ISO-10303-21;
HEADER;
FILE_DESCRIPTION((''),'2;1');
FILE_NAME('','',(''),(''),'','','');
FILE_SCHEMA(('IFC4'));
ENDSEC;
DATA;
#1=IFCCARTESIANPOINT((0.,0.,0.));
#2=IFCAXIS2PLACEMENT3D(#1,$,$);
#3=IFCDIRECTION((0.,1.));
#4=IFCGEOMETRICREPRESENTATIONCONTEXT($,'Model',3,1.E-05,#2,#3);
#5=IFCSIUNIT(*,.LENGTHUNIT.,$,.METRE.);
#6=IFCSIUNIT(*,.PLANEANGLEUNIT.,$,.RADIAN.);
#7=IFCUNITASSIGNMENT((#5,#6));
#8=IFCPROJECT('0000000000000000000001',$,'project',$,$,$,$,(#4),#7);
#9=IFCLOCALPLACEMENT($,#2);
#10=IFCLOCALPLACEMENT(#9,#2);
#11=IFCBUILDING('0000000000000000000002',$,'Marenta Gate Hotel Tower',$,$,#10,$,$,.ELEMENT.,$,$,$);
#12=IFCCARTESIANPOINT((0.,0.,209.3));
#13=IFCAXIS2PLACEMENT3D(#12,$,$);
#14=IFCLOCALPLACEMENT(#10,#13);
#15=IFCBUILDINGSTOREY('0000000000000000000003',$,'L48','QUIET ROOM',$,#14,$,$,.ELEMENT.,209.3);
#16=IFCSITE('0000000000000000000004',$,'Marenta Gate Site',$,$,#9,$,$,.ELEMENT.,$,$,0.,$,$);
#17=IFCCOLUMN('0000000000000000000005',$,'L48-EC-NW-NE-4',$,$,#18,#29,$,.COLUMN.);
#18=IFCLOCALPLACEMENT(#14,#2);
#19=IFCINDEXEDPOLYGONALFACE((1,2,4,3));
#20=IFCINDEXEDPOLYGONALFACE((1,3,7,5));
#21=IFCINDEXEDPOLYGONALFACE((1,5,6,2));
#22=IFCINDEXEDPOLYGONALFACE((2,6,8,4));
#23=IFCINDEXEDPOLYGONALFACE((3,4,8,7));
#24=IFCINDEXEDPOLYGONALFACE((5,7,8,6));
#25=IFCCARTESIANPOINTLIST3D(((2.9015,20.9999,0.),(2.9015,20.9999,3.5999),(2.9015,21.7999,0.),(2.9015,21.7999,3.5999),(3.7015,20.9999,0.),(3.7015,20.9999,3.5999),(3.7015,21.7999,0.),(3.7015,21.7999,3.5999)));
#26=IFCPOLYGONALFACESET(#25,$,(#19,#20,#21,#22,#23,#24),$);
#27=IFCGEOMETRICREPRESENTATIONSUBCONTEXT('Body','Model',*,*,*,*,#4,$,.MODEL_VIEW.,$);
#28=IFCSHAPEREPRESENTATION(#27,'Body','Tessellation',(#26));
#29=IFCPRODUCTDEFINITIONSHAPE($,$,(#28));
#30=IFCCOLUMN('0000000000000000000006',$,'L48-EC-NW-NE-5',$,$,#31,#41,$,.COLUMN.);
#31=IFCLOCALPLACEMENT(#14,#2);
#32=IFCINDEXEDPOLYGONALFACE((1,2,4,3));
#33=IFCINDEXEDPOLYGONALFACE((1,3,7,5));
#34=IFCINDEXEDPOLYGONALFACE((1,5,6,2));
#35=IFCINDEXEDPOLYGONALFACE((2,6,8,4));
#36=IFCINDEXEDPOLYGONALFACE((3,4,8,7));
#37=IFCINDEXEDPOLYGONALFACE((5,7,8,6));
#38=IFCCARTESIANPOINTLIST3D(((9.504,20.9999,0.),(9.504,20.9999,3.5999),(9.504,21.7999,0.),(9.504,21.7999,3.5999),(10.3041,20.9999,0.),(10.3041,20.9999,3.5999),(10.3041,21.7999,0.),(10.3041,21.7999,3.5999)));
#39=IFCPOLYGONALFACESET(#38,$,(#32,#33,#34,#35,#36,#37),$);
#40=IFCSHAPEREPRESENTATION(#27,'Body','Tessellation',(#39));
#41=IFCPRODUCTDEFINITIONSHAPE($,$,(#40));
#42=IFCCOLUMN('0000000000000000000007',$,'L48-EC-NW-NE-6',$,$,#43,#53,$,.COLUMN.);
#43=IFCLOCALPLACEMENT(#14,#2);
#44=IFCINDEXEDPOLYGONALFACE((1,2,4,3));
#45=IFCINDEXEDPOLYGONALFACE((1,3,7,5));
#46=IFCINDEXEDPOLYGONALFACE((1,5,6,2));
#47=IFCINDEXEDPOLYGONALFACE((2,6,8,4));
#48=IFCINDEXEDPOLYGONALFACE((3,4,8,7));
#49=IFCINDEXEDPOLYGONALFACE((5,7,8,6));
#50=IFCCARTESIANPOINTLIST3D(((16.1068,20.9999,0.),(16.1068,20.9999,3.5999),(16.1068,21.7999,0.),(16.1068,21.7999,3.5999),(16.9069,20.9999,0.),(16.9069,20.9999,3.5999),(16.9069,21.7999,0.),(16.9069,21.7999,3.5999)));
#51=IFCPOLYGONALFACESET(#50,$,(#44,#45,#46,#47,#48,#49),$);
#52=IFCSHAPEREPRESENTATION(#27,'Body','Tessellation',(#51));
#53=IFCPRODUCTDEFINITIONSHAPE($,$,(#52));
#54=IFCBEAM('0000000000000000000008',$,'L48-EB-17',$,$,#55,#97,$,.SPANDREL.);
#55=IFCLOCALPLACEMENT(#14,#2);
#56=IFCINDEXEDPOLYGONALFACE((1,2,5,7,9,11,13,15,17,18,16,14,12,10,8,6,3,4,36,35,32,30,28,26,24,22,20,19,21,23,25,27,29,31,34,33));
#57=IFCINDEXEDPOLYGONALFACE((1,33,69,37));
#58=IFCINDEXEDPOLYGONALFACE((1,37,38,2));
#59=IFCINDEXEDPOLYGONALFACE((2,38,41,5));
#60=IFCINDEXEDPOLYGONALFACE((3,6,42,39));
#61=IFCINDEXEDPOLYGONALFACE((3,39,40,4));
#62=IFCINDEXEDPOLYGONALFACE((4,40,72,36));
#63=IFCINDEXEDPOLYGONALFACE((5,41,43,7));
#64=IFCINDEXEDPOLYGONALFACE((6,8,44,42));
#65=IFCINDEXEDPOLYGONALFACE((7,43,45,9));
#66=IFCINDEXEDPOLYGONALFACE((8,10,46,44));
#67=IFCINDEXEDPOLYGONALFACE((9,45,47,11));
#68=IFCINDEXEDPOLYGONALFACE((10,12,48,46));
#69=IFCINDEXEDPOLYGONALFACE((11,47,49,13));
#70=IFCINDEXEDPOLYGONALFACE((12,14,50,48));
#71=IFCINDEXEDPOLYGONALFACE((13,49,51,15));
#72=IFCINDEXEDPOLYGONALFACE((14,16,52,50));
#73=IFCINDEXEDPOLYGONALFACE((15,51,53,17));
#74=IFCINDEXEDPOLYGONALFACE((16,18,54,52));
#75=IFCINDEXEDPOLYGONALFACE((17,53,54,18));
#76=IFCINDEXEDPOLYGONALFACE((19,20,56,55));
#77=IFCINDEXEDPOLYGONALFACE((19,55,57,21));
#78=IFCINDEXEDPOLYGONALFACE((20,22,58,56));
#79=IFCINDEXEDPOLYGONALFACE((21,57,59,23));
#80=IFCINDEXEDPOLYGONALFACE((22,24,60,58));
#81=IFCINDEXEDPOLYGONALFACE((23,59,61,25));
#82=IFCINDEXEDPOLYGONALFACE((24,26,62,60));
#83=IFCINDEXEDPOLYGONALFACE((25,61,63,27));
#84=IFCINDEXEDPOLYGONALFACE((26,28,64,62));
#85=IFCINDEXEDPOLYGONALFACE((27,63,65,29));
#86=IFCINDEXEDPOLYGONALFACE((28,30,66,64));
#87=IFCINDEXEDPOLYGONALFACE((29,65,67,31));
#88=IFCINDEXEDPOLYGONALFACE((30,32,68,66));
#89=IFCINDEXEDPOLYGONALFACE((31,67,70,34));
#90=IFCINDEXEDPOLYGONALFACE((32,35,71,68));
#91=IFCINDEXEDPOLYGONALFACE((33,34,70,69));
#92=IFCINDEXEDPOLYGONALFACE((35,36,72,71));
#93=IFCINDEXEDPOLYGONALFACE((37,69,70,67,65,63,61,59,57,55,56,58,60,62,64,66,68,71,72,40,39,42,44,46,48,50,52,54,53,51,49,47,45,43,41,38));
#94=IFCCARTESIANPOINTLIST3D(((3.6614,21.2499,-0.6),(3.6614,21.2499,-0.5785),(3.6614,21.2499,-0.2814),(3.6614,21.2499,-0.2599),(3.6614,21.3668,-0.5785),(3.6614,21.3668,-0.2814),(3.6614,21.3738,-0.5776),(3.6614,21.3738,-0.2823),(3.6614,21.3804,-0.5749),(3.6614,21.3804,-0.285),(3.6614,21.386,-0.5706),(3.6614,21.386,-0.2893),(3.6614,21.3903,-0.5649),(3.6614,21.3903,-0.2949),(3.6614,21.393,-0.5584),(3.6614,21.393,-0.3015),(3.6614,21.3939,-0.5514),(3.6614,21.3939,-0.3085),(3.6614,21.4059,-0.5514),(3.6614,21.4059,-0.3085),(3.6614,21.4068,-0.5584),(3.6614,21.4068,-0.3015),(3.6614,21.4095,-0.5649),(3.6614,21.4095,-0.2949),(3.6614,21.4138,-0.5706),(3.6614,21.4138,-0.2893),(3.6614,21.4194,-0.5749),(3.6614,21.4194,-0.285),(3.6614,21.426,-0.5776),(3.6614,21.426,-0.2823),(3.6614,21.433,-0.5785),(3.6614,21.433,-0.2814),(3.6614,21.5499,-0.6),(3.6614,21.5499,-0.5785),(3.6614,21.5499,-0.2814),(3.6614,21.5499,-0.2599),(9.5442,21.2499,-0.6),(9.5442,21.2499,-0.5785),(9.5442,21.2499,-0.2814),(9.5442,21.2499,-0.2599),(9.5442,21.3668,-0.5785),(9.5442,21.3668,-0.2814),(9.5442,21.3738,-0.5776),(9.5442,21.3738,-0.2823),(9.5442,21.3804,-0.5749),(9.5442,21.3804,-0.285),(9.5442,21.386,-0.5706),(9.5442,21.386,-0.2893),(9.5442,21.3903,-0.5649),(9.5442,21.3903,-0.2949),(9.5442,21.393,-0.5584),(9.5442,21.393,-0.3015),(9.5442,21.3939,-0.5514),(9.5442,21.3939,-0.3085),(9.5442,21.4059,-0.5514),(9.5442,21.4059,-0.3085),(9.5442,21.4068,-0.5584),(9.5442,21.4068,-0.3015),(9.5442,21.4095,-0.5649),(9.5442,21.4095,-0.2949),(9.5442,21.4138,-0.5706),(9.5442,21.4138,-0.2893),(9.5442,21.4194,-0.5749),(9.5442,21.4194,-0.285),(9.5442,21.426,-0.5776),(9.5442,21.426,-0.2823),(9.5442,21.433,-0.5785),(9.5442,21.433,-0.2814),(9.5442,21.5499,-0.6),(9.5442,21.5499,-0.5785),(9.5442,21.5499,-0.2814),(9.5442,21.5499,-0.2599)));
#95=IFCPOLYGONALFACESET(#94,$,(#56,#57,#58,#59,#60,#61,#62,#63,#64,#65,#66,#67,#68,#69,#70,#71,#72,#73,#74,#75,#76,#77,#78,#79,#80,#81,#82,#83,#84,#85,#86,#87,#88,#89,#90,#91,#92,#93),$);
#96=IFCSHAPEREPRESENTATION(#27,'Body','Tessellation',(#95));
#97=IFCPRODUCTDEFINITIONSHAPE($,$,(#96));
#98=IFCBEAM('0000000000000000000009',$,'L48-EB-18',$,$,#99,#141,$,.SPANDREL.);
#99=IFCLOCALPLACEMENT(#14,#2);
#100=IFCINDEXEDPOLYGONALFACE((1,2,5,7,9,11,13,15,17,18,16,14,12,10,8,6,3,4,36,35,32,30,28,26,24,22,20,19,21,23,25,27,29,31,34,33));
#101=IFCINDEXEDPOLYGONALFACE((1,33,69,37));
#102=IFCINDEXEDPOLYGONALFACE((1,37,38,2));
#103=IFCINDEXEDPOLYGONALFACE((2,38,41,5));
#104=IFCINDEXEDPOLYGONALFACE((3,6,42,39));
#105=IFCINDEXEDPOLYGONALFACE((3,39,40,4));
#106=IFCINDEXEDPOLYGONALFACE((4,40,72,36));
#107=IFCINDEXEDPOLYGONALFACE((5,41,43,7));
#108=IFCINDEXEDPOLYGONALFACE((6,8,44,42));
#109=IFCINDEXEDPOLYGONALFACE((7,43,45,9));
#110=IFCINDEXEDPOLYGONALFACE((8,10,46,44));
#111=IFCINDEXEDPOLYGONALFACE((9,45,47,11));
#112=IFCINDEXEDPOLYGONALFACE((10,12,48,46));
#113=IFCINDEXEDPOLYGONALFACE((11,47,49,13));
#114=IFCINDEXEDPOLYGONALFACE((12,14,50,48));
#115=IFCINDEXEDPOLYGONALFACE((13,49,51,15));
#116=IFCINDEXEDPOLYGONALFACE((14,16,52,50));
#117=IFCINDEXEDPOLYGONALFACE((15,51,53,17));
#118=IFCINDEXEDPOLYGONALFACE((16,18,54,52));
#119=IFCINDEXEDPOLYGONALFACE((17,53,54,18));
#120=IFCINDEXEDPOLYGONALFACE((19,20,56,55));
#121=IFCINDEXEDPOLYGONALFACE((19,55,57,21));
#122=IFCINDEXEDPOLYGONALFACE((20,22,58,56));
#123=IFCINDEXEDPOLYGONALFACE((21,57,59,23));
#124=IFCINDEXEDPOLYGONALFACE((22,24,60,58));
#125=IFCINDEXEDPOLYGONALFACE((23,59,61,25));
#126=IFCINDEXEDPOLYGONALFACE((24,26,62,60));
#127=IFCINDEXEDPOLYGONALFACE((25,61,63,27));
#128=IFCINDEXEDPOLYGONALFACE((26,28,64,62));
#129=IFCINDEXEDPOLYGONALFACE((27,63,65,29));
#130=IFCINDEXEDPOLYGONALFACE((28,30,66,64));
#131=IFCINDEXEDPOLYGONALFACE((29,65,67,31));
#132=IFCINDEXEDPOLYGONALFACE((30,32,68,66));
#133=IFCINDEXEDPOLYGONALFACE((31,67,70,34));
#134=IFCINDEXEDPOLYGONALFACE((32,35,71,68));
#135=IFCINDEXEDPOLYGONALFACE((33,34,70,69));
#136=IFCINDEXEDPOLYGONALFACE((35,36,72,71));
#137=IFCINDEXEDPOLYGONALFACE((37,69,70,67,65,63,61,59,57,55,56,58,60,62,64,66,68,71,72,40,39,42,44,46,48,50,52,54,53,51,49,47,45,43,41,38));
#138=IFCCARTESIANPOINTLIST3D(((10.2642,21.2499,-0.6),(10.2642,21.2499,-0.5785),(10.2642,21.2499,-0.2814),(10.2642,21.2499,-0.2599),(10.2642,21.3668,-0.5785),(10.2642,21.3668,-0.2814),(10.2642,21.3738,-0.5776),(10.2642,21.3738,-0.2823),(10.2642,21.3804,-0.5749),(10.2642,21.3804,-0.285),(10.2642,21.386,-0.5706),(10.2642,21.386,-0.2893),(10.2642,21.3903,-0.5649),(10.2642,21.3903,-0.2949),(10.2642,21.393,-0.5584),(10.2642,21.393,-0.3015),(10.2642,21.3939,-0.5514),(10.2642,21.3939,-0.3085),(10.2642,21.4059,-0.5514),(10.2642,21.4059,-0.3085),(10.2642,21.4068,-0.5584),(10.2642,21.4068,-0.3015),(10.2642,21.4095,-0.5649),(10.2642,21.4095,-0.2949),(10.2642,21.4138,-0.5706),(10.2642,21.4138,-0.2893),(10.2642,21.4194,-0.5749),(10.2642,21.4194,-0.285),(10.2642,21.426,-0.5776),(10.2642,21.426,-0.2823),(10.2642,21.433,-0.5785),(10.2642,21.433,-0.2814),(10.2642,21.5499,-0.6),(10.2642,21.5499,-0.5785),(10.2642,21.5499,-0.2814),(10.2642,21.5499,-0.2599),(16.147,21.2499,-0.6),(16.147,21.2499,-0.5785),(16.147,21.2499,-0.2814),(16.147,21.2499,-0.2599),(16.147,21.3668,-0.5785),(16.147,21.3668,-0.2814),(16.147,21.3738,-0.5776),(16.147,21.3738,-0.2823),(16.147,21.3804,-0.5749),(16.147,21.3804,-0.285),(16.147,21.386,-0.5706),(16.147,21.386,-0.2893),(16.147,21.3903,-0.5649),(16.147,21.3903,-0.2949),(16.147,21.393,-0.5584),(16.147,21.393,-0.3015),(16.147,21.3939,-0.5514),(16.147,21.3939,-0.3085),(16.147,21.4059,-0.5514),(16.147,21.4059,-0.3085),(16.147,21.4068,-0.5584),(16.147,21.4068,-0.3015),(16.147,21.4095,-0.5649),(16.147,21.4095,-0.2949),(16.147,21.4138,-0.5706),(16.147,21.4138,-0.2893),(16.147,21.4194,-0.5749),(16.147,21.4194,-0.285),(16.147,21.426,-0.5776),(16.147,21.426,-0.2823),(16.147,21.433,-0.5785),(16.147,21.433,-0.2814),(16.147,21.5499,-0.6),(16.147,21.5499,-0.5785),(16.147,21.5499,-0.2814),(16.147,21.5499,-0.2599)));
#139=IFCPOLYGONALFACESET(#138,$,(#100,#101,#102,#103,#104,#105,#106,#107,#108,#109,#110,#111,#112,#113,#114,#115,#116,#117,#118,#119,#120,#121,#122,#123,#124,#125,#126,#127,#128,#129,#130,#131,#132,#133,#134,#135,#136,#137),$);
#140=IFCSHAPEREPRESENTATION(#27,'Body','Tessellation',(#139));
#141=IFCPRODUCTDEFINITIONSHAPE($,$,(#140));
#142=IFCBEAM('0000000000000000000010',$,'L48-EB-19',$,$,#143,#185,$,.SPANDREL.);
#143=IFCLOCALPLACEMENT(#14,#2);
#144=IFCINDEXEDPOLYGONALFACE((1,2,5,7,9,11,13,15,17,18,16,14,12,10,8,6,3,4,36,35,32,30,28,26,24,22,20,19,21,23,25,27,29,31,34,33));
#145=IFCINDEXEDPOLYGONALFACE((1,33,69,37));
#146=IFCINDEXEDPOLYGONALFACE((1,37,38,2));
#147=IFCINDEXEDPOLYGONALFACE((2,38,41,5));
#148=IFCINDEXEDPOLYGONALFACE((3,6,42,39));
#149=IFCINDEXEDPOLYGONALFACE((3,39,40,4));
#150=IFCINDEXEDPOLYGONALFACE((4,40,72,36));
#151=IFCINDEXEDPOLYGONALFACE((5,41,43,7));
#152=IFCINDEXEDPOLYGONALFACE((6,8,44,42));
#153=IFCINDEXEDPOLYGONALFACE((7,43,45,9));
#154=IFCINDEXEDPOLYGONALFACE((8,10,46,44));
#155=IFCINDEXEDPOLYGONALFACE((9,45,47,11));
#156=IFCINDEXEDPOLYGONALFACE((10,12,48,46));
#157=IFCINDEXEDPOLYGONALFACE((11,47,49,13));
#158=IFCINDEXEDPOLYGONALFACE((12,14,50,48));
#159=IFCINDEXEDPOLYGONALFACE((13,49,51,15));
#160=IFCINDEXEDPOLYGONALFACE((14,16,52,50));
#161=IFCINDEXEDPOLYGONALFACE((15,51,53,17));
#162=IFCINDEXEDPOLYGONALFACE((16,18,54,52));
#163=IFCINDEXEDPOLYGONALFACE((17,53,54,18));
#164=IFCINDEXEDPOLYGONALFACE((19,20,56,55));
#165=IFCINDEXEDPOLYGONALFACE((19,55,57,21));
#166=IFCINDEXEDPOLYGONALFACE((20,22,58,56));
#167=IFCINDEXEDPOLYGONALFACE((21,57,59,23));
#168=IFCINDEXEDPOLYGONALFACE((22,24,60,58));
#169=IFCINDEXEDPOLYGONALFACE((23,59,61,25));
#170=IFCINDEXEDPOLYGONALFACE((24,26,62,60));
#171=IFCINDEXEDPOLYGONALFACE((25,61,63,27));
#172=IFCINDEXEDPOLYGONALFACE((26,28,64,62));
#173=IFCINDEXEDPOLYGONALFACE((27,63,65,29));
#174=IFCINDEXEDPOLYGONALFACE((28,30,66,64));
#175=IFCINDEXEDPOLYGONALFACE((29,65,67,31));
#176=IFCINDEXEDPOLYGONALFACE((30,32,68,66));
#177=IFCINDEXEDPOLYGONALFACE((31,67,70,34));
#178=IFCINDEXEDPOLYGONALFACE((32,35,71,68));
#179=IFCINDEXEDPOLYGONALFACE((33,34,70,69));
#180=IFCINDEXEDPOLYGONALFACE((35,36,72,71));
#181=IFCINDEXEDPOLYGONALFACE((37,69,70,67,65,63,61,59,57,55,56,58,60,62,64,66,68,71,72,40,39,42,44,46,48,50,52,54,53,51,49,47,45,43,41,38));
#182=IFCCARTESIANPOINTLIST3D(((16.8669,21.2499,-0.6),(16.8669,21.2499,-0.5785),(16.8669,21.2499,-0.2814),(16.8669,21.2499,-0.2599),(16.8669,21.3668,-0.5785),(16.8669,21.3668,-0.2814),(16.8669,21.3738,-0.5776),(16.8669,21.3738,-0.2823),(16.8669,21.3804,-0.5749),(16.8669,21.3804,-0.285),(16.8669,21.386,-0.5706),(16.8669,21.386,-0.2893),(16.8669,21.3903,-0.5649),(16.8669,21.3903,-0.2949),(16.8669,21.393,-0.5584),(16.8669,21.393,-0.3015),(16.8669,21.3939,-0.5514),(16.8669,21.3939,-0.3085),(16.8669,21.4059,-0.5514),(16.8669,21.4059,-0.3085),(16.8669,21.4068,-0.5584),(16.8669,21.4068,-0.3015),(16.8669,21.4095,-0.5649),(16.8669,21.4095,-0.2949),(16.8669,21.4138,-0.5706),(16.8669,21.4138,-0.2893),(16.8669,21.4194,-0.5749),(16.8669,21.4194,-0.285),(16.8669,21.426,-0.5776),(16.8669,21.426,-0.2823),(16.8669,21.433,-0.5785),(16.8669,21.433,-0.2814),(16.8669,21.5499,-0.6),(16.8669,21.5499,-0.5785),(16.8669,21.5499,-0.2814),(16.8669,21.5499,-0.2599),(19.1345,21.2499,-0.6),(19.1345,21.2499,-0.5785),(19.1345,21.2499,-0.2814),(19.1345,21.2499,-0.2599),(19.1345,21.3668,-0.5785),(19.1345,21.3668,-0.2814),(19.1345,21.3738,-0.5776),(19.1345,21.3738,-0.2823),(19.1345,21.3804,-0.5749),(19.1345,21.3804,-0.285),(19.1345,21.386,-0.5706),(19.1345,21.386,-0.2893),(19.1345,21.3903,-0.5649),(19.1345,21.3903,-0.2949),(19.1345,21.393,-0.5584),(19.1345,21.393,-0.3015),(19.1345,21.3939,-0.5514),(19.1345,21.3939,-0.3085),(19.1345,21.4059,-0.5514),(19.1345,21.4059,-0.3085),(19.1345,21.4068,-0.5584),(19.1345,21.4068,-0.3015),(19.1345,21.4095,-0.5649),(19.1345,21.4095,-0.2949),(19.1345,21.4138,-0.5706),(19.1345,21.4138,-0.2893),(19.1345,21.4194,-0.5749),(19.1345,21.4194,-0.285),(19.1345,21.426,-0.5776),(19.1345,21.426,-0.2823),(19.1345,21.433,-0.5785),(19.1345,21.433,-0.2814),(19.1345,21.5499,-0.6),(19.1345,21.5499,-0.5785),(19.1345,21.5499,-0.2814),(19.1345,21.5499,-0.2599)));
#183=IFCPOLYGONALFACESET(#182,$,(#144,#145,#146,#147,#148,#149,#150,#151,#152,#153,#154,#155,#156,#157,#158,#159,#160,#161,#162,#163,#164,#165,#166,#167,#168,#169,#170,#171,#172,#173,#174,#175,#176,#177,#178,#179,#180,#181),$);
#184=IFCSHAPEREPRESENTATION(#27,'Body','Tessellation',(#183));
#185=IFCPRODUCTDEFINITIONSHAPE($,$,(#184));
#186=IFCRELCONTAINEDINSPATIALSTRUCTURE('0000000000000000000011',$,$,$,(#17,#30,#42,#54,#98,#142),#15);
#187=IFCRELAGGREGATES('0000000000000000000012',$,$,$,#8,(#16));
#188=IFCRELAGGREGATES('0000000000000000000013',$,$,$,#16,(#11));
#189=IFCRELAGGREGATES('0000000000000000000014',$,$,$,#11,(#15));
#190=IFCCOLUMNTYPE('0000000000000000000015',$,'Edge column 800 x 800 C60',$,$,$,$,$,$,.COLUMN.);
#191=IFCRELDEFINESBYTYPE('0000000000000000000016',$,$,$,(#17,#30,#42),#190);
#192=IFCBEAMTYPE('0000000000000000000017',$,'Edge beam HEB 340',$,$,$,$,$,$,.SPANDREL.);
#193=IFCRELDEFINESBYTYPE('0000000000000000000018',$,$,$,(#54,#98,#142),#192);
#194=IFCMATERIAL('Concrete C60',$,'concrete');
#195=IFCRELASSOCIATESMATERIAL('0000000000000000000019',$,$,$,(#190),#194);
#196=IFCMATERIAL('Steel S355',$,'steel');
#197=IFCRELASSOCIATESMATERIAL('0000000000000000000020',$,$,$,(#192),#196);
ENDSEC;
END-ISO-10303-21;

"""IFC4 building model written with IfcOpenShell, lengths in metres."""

from ifc_helpers import new_model, si_unit, direction, frame, origin, origin_2d, place, context, subcontext, project, spatial, rectangle, i_section, extrude, material, material_profile, profile_set, type_object, element, save


model = new_model("IFC4")

# Units and contexts
model_context = context("Model", 3, precision=1e-05, world=origin(), true_north=direction((0.0, 1.0)))
body_context = subcontext(model_context, "Body", "Model", "MODEL_VIEW")
ifc_project = project(units=[si_unit("LENGTHUNIT", "METRE"), si_unit("PLANEANGLEUNIT", "RADIAN")], contexts=[model_context])

# Site, building, storey
site_placement = place(None, origin())
site = spatial("IfcSite", under=ifc_project, at=site_placement, Name="Marenta Gate Site", CompositionType="ELEMENT", RefElevation=0.0)
building_placement = place(site_placement, origin())
building = spatial("IfcBuilding", under=site, at=building_placement, Name="Marenta Gate Hotel Tower", CompositionType="ELEMENT")
storey_placement = place(building_placement, frame((0.0, 0.0, 209.3)))
storey = spatial("IfcBuildingStorey", under=building, at=storey_placement, Name="L48", Description="QUIET ROOM", CompositionType="ELEMENT", Elevation=209.3)

# Columns
ifc_material_1 = material(Name="Concrete C60", Category="concrete")
ifc_material_profile_1 = material_profile(ifc_material_1, rectangle(XDim=0.8, YDim=0.8, at=origin_2d()), Name="800 x 800")
ifc_profile_set_1 = profile_set([ifc_material_profile_1], Name="Concrete C60")
column_type = type_object("IfcColumnType", Name="Edge column 800 x 800 C60", PredefinedType="COLUMN", material=ifc_profile_set_1)
for number, where, z_axis, x_axis, name in (
    (1, (3.3015, 21.3999, 0.0), (0.0, 0.0, 1.0), (1.0, 0.0, 0.0), "L48-EC-NW-NE-4"),
    (2, (9.9041, 21.3999, 0.0), (0.0, 0.0, 1.0), (1.0, 0.0, 0.0), "L48-EC-NW-NE-5"),
    (3, (16.5068, 21.3999, 0.0), (0.0, 0.0, 1.0), (1.0, 0.0, 0.0), "L48-EC-NW-NE-6"),
):
    element("IfcColumn", number, at=place(storey_placement, frame(where, z_axis=z_axis, x_axis=x_axis)), inside=storey, type_object=column_type, Name=name, PredefinedType="COLUMN", context=body_context, shape_type="SweptSolid", body=[
        extrude(rectangle(XDim=0.8, YDim=0.8, at=origin_2d()), origin(), (0.0, 0.0, 1.0), 3.5999),
    ])

# Beams
ifc_material_2 = material(Name="Steel S355", Category="steel")
ifc_material_profile_2 = material_profile(ifc_material_2, i_section(OverallWidth=0.3, OverallDepth=0.3401, WebThickness=0.012, FlangeThickness=0.0215, FilletRadius=0.0271, at=origin_2d()), Name="HEB 340")
ifc_profile_set_2 = profile_set([ifc_material_profile_2], Name="Steel S355")
beam_type_1 = type_object("IfcBeamType", Name="Edge beam HEB 340", PredefinedType="SPANDREL", material=ifc_profile_set_2)
for number, where, z_axis, x_axis, name in (
    (4, (3.6614, 21.3999, -0.4299), (1.0, 0.0, 0.0), (0.0, 1.0, 0.0), "L48-EB-17"),
    (5, (10.2642, 21.3999, -0.4299), (1.0, 0.0, 0.0), (0.0, 1.0, 0.0), "L48-EB-18"),
):
    element("IfcBeam", number, at=place(storey_placement, frame(where, z_axis=z_axis, x_axis=x_axis)), inside=storey, type_object=beam_type_1, Name=name, PredefinedType="SPANDREL", context=body_context, shape_type="SweptSolid", body=[
        extrude(i_section(OverallWidth=0.3, OverallDepth=0.3401, WebThickness=0.012, FlangeThickness=0.0215, FilletRadius=0.0271, at=origin_2d()), origin(), (0.0, 0.0, 1.0), 5.8828),
    ])
beam_1_placement = place(storey_placement, frame((16.8669, 21.3999, -0.4299), z_axis=(1.0, 0.0, 0.0), x_axis=(0.0, 1.0, 0.0)))
element("IfcBeam", 6, at=beam_1_placement, inside=storey, type_object=beam_type_1, Name="L48-EB-19", PredefinedType="SPANDREL", context=body_context, shape_type="SweptSolid", body=[
    extrude(i_section(OverallWidth=0.3, OverallDepth=0.3401, WebThickness=0.012, FlangeThickness=0.0215, FilletRadius=0.0271, at=origin_2d()), origin(), (0.0, 0.0, 1.0), 2.2676),
])

save(model, "model.ifc")
